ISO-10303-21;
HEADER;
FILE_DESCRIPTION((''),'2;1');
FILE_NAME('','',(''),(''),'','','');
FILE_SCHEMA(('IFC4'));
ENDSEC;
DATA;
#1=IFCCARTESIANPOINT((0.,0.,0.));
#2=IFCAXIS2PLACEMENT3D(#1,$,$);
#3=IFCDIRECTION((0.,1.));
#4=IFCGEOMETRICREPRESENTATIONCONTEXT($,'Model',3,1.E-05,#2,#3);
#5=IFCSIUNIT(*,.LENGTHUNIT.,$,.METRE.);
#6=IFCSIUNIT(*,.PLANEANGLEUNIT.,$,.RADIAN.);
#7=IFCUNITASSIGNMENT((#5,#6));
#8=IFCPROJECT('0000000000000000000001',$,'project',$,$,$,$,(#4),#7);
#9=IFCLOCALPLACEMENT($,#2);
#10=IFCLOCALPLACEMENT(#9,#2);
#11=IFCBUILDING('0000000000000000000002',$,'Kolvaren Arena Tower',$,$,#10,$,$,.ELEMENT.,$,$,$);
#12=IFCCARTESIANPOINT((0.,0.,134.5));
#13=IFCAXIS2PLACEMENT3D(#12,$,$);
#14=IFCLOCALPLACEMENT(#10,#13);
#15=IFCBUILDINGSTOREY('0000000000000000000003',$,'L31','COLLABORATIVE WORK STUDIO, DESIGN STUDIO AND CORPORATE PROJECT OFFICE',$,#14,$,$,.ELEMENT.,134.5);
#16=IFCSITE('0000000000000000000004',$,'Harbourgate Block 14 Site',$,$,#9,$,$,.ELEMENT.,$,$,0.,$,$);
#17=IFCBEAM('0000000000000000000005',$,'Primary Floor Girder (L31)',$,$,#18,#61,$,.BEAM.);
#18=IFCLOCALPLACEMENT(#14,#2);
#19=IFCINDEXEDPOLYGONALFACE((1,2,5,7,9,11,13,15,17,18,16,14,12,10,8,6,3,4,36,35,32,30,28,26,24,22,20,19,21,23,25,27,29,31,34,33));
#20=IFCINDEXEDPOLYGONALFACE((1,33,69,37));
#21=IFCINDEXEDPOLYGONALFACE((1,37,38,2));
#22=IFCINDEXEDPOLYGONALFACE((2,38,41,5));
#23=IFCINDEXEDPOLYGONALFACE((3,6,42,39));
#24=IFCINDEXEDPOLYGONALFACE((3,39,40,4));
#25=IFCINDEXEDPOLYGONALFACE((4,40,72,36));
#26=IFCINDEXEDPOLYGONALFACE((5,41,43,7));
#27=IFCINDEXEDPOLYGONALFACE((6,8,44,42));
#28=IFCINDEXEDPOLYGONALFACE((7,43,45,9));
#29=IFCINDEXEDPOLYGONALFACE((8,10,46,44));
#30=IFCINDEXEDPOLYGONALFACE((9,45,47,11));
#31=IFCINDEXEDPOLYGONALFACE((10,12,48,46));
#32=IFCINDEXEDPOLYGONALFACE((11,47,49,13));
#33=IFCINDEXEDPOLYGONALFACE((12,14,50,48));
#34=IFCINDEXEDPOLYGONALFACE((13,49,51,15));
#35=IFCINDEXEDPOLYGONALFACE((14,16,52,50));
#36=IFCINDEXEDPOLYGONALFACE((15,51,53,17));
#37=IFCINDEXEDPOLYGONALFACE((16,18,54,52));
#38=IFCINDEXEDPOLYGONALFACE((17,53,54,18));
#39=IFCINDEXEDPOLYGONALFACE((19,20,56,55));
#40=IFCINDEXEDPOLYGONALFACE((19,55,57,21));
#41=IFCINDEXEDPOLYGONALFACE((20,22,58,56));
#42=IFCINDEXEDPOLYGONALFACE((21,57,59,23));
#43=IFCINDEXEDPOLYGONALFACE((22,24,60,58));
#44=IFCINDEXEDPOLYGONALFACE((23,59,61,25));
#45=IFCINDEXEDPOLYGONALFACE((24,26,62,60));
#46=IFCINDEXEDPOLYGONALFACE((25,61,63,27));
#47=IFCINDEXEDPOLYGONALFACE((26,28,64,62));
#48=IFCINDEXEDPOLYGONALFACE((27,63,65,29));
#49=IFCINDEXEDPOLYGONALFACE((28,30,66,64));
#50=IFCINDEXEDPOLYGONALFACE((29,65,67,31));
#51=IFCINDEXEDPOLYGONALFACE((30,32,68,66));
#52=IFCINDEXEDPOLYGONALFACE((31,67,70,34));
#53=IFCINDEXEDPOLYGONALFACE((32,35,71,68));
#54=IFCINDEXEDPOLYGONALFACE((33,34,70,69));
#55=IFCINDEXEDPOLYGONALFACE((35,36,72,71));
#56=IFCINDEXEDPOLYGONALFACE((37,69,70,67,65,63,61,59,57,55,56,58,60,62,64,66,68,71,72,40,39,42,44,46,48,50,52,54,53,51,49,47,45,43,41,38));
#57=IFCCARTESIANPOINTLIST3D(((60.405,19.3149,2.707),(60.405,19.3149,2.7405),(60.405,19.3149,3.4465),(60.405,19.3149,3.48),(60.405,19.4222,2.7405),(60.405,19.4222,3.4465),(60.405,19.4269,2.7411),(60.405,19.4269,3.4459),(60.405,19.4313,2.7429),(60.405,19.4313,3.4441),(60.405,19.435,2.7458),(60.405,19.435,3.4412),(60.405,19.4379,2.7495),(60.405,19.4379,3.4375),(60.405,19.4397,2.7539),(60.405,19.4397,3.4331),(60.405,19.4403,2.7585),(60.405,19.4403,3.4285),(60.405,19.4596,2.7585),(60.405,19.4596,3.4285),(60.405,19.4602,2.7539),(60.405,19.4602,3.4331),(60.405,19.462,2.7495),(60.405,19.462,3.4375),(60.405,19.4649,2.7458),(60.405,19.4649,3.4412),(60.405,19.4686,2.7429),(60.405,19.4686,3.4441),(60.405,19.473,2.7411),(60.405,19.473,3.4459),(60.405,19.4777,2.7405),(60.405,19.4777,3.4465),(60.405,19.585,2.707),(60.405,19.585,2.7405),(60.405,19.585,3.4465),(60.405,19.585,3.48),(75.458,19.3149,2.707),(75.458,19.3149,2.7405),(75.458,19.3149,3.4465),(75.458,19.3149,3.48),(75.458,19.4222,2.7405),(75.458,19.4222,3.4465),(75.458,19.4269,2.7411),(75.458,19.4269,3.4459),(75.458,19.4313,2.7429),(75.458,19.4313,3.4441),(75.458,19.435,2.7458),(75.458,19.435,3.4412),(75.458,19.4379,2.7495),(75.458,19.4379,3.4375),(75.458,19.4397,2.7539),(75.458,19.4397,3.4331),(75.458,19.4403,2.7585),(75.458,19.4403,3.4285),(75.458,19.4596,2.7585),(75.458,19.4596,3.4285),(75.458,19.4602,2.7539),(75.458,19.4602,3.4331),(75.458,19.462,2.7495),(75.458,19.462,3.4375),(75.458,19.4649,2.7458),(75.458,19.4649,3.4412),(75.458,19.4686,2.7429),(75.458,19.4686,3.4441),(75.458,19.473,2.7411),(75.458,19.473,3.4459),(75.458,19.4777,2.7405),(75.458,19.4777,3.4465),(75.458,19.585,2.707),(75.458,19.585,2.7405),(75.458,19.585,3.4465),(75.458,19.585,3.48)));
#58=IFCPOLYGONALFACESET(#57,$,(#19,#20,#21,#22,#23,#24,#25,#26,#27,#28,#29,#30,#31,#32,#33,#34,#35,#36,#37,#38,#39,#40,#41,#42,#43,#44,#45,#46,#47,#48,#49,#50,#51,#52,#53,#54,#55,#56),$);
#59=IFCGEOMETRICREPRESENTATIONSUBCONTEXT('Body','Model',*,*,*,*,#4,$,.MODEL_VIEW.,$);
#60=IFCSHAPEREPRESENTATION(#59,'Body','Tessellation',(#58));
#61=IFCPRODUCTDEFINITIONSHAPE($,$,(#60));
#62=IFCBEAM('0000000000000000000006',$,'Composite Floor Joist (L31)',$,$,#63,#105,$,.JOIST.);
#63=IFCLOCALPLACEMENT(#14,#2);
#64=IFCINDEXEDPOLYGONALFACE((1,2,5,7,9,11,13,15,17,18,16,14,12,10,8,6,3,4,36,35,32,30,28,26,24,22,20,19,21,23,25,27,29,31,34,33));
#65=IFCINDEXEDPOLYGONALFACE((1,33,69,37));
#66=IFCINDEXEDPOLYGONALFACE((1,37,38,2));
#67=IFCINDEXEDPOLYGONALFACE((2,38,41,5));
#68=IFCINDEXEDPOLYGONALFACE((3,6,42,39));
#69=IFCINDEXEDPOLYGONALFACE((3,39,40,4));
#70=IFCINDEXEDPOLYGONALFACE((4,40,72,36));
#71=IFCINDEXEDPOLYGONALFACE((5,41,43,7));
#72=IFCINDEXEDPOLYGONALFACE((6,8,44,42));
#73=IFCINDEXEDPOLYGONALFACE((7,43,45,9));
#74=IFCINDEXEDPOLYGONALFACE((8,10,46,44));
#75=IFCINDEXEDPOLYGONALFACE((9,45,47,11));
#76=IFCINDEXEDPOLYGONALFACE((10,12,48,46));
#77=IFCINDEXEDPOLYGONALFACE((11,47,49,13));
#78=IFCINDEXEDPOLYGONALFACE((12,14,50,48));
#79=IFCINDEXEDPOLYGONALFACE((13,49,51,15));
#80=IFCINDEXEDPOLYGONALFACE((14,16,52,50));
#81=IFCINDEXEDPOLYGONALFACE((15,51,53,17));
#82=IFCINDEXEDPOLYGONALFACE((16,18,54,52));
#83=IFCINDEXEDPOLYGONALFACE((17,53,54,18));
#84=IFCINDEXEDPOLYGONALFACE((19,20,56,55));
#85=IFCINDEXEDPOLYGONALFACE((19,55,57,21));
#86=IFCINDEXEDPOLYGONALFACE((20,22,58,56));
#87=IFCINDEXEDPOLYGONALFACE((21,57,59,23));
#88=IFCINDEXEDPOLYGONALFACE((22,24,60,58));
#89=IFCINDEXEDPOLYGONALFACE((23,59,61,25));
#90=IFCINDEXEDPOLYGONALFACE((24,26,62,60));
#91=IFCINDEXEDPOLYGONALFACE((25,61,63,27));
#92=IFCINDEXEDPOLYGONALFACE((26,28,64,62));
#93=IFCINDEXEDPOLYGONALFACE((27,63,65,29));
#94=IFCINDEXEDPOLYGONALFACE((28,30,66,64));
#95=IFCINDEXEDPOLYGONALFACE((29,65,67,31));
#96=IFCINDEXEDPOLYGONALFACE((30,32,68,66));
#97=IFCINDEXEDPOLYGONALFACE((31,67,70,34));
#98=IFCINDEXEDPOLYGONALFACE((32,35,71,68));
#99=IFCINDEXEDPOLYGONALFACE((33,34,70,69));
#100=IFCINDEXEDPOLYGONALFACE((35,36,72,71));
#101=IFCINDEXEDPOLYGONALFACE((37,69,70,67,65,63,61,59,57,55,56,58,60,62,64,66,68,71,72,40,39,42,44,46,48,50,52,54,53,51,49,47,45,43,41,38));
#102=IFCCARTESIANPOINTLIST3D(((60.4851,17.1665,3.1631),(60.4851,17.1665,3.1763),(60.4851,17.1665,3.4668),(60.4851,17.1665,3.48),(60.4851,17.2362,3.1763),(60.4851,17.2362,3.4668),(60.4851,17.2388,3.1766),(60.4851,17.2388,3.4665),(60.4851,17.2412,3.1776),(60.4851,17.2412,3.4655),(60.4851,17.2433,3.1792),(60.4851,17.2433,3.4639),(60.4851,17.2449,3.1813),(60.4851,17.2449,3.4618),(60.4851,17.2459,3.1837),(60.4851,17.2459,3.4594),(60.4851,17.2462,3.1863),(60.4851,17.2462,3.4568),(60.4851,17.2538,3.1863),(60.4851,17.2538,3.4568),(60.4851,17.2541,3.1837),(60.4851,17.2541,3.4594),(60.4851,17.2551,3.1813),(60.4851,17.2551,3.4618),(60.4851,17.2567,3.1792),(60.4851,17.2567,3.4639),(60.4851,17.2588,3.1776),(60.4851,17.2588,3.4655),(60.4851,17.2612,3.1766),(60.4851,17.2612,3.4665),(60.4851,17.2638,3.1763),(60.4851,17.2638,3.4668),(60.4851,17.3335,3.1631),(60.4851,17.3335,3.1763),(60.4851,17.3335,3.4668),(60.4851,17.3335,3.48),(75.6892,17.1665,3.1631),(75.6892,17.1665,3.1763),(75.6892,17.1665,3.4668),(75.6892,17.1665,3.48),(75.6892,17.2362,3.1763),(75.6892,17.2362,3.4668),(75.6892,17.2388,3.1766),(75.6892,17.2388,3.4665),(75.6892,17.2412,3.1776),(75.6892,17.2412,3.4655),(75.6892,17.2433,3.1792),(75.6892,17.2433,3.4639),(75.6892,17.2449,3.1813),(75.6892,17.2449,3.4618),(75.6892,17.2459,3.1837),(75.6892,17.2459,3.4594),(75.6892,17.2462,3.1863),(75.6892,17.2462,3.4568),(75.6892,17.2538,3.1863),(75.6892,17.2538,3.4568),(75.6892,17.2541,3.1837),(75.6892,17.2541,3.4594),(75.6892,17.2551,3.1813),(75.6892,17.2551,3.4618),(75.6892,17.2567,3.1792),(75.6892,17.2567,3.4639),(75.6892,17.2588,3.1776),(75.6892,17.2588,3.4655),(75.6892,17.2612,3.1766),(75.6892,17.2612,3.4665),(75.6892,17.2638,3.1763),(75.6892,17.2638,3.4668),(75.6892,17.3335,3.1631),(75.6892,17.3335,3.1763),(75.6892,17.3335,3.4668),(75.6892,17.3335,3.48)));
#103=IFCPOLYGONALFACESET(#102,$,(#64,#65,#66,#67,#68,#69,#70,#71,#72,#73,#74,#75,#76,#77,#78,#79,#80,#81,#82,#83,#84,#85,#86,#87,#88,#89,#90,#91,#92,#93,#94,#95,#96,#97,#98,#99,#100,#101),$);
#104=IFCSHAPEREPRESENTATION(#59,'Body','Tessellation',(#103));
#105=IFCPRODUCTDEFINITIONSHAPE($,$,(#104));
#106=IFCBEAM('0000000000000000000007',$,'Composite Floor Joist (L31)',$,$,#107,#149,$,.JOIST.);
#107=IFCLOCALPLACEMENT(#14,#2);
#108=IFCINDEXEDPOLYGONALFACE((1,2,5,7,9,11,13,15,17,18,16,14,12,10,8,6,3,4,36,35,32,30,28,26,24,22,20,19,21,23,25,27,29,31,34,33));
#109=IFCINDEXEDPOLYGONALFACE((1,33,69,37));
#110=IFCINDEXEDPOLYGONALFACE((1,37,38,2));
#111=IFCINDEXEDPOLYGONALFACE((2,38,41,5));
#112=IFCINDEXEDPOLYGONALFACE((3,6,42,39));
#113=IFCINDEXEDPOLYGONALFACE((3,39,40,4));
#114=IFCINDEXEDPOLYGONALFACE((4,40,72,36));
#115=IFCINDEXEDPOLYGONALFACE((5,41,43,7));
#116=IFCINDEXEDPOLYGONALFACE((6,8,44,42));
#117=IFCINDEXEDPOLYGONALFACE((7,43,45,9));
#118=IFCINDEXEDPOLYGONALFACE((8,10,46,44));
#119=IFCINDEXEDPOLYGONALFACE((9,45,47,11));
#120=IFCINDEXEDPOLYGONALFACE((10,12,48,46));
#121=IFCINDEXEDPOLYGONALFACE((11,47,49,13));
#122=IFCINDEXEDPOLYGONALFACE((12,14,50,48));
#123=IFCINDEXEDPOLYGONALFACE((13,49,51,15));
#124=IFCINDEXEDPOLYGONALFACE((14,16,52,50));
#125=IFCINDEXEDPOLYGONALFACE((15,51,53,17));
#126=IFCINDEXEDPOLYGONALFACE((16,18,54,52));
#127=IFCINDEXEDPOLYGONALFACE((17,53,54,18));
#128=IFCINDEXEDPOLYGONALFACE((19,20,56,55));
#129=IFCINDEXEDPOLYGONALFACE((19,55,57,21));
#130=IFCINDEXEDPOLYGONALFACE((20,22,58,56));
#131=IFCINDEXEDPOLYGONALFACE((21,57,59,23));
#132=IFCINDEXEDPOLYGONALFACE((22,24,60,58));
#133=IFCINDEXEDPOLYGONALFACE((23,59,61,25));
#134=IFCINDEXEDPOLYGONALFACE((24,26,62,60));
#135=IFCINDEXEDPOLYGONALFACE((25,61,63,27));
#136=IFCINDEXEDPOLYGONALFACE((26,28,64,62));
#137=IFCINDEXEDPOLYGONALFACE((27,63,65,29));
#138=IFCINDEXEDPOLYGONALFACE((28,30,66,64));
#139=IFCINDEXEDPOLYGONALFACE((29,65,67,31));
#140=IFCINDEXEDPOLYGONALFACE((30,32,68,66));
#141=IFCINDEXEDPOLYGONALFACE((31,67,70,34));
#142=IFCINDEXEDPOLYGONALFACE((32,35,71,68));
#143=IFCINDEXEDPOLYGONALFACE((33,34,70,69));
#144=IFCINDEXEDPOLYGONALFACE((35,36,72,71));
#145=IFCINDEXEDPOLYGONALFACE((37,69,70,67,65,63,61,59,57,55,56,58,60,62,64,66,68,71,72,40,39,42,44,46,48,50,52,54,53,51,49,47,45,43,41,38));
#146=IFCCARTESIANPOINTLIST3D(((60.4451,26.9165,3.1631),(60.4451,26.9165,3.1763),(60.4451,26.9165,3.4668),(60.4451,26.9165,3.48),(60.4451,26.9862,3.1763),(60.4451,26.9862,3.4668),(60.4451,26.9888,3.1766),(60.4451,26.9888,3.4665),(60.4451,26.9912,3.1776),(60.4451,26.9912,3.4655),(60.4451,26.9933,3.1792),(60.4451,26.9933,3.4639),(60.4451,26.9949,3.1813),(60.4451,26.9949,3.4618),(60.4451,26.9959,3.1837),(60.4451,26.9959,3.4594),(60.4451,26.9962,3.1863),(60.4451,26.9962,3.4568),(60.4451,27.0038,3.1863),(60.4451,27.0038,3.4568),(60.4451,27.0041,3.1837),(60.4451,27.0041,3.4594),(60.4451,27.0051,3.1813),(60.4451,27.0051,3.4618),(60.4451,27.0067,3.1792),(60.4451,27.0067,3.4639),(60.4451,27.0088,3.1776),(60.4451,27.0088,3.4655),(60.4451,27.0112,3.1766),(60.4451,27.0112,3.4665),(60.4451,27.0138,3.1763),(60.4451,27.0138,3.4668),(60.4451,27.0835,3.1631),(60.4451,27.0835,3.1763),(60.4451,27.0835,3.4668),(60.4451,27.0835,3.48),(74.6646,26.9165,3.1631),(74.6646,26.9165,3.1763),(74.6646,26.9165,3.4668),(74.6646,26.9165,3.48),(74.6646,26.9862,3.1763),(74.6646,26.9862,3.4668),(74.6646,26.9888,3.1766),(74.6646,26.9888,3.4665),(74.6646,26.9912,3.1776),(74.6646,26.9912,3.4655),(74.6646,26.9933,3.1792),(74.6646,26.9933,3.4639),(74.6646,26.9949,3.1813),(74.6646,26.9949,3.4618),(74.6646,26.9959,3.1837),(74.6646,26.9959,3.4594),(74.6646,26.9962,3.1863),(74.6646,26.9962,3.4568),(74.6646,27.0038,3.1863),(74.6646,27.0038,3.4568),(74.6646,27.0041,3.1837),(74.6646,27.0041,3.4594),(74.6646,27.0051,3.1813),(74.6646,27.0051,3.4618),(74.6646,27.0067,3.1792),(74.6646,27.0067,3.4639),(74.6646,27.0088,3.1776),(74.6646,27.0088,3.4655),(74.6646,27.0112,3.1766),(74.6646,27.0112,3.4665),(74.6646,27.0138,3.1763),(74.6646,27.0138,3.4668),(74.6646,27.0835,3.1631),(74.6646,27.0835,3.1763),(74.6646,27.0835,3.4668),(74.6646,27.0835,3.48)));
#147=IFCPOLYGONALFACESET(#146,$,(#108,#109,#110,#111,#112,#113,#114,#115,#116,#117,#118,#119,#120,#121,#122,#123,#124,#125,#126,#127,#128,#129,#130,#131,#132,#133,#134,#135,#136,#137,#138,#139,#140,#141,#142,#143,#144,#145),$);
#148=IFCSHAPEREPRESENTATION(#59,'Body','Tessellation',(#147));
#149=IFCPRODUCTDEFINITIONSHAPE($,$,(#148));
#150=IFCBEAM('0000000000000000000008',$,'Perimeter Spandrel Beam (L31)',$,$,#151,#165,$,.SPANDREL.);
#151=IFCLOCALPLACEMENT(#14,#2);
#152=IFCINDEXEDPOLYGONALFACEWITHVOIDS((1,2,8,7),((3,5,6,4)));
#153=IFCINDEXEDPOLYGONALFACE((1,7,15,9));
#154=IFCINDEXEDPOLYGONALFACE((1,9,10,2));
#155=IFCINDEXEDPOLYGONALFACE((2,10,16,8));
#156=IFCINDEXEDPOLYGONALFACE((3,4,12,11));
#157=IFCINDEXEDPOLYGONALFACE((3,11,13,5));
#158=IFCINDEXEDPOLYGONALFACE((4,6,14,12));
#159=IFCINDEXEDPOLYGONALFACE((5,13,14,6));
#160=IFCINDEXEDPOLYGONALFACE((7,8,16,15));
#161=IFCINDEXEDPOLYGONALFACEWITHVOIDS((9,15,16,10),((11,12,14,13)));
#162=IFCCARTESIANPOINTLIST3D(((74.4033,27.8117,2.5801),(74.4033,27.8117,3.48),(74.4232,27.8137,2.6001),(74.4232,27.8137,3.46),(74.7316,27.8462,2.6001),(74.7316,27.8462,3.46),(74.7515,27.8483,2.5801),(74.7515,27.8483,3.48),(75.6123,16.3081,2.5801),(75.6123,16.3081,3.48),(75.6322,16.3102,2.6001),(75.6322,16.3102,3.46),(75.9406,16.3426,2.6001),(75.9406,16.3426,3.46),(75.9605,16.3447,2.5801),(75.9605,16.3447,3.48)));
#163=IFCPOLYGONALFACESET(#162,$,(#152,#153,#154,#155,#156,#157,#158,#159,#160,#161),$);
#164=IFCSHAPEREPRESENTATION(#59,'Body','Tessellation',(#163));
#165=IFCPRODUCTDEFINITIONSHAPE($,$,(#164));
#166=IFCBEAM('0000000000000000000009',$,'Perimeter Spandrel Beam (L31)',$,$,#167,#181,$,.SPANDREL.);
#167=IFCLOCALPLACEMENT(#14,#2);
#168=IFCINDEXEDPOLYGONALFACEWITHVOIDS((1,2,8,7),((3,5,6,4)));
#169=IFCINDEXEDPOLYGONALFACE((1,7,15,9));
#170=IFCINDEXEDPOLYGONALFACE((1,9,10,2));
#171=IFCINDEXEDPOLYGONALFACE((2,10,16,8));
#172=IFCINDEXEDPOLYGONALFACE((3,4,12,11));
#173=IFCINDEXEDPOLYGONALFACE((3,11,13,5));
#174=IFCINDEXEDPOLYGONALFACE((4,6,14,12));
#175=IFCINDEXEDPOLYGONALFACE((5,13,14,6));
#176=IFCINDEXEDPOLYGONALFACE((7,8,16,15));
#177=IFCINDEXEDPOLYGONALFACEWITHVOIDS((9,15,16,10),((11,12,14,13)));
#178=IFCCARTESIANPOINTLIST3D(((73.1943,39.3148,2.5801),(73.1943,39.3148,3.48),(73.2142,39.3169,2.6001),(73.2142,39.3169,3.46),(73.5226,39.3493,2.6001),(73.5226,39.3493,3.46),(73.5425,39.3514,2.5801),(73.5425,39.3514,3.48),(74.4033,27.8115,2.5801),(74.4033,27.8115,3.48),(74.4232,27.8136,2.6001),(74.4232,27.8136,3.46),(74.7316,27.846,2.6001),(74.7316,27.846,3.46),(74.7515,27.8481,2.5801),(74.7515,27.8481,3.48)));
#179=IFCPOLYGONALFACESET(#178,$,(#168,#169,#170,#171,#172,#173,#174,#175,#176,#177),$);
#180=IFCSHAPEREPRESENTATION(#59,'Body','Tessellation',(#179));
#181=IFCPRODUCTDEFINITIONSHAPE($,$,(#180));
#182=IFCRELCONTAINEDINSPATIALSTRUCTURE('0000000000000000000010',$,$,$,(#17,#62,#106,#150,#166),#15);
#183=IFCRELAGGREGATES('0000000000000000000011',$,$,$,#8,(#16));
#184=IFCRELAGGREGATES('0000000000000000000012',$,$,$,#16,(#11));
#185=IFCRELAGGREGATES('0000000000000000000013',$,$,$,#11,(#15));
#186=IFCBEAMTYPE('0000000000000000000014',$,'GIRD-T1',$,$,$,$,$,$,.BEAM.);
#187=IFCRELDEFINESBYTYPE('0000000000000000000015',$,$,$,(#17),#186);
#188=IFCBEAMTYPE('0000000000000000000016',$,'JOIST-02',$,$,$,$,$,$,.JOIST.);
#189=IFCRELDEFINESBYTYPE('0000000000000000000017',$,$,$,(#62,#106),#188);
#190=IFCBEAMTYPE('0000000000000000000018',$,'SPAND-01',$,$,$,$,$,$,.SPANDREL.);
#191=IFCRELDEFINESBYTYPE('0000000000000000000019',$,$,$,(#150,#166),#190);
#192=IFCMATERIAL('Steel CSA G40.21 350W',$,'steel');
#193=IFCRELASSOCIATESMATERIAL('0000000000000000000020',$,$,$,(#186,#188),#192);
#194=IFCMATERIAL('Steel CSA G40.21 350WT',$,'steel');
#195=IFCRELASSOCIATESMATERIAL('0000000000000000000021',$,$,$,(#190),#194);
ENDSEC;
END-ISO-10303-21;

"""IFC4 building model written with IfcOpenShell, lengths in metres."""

from ifc_helpers import new_model, si_unit, direction, frame, origin, origin_2d, place, context, subcontext, project, spatial, hollow_rectangle, i_section, extrude, material, material_profile, profile_set, type_object, element, save


model = new_model("IFC4")

# Units and contexts
model_context = context("Model", 3, precision=1e-05, world=origin(), true_north=direction((0.0, 1.0)))
body_context = subcontext(model_context, "Body", "Model", "MODEL_VIEW")
ifc_project = project(units=[si_unit("LENGTHUNIT", "METRE"), si_unit("PLANEANGLEUNIT", "RADIAN")], contexts=[model_context])

# Site, building, storey
site_placement = place(None, origin())
site = spatial("IfcSite", under=ifc_project, at=site_placement, Name="Harbourgate Block 14 Site", CompositionType="ELEMENT", RefElevation=0.0)
building_placement = place(site_placement, origin())
building = spatial("IfcBuilding", under=site, at=building_placement, Name="Kolvaren Arena Tower", CompositionType="ELEMENT")
storey_placement = place(building_placement, frame((0.0, 0.0, 134.5)))
storey = spatial("IfcBuildingStorey", under=building, at=storey_placement, Name="L31", Description="COLLABORATIVE WORK STUDIO, DESIGN STUDIO AND CORPORATE PROJECT OFFICE", CompositionType="ELEMENT", Elevation=134.5)

# Beams
ifc_material_1 = material(Name="Steel CSA G40.21 350W", Category="steel")
ifc_material_profile_1 = material_profile(ifc_material_1, i_section(OverallWidth=0.27, OverallDepth=0.7729, WebThickness=0.0193, FlangeThickness=0.0334, FilletRadius=0.0181, at=origin_2d()), Name="W760x257")
ifc_profile_set_1 = profile_set([ifc_material_profile_1], Name="Steel CSA G40.21 350W")
beam_type_1 = type_object("IfcBeamType", Name="GIRD-T1", PredefinedType="BEAM", material=ifc_profile_set_1)
beam_1_placement = place(storey_placement, frame((60.405, 19.45, 3.0935), z_axis=(1.0, 0.0, 0.0), x_axis=(0.0, 1.0, 0.0)))
element("IfcBeam", 1, at=beam_1_placement, inside=storey, type_object=beam_type_1, Name="Primary Floor Girder (L31)", PredefinedType="BEAM", context=body_context, shape_type="SweptSolid", body=[
    extrude(i_section(OverallWidth=0.27, OverallDepth=0.7729, WebThickness=0.0193, FlangeThickness=0.0334, FilletRadius=0.0181, at=origin_2d()), origin(), (0.0, 0.0, 1.0), 15.053),
])
ifc_material_profile_2 = material_profile(ifc_material_1, i_section(OverallWidth=0.167, OverallDepth=0.3169, WebThickness=0.0076, FlangeThickness=0.0132, FilletRadius=0.01, at=origin_2d()), Name="W310x52")
ifc_profile_set_2 = profile_set([ifc_material_profile_2], Name="Steel CSA G40.21 350W")
beam_type_2 = type_object("IfcBeamType", Name="JOIST-02", PredefinedType="JOIST", material=ifc_profile_set_2)
beam_2_placement = place(storey_placement, frame((60.4851, 17.25, 3.3215), z_axis=(1.0, 0.0, 0.0), x_axis=(0.0, 1.0, 0.0)))
element("IfcBeam", 2, at=beam_2_placement, inside=storey, type_object=beam_type_2, Name="Composite Floor Joist (L31)", PredefinedType="JOIST", context=body_context, shape_type="SweptSolid", body=[
    extrude(i_section(OverallWidth=0.167, OverallDepth=0.3169, WebThickness=0.0076, FlangeThickness=0.0132, FilletRadius=0.01, at=origin_2d()), origin(), (0.0, 0.0, 1.0), 15.2041),
])
beam_3_placement = place(storey_placement, frame((60.4451, 27.0, 3.3215), z_axis=(1.0, 0.0, 0.0), x_axis=(0.0, 1.0, 0.0)))
element("IfcBeam", 3, at=beam_3_placement, inside=storey, type_object=beam_type_2, Name="Composite Floor Joist (L31)", PredefinedType="JOIST", context=body_context, shape_type="SweptSolid", body=[
    extrude(i_section(OverallWidth=0.167, OverallDepth=0.3169, WebThickness=0.0076, FlangeThickness=0.0132, FilletRadius=0.01, at=origin_2d()), origin(), (0.0, 0.0, 1.0), 14.2195),
])
ifc_material_2 = material(Name="Steel CSA G40.21 350WT", Category="steel")
ifc_material_profile_3 = material_profile(ifc_material_2, hollow_rectangle(XDim=0.3501, YDim=0.8999, WallThickness=0.02, at=origin_2d()), Name="HSS 900x350x20")
ifc_profile_set_3 = profile_set([ifc_material_profile_3], Name="Steel CSA G40.21 350WT")
beam_type_3 = type_object("IfcBeamType", Name="SPAND-01", PredefinedType="SPANDREL", material=ifc_profile_set_3)
beam_4_placement = place(storey_placement, frame((75.7864, 16.3264, 3.03), z_axis=(-0.104522, 0.994523, 0.0), x_axis=(-0.994523, -0.104522, 0.0)))
element("IfcBeam", 4, at=beam_4_placement, inside=storey, type_object=beam_type_3, Name="Perimeter Spandrel Beam (L31)", PredefinedType="SPANDREL", context=body_context, shape_type="SweptSolid", body=[
    extrude(hollow_rectangle(XDim=0.3501, YDim=0.8999, WallThickness=0.02, at=origin_2d()), origin(), (0.0, 0.0, 1.0), 11.5669),
])
beam_5_placement = place(storey_placement, frame((74.5774, 27.8298, 3.03), z_axis=(-0.104524, 0.994522, 0.0), x_axis=(-0.994522, -0.104524, 0.0)))
element("IfcBeam", 5, at=beam_5_placement, inside=storey, type_object=beam_type_3, Name="Perimeter Spandrel Beam (L31)", PredefinedType="SPANDREL", context=body_context, shape_type="SweptSolid", body=[
    extrude(hollow_rectangle(XDim=0.3501, YDim=0.8999, WallThickness=0.02, at=origin_2d()), origin(), (0.0, 0.0, 1.0), 11.5667),
])

save(model, "model.ifc")
